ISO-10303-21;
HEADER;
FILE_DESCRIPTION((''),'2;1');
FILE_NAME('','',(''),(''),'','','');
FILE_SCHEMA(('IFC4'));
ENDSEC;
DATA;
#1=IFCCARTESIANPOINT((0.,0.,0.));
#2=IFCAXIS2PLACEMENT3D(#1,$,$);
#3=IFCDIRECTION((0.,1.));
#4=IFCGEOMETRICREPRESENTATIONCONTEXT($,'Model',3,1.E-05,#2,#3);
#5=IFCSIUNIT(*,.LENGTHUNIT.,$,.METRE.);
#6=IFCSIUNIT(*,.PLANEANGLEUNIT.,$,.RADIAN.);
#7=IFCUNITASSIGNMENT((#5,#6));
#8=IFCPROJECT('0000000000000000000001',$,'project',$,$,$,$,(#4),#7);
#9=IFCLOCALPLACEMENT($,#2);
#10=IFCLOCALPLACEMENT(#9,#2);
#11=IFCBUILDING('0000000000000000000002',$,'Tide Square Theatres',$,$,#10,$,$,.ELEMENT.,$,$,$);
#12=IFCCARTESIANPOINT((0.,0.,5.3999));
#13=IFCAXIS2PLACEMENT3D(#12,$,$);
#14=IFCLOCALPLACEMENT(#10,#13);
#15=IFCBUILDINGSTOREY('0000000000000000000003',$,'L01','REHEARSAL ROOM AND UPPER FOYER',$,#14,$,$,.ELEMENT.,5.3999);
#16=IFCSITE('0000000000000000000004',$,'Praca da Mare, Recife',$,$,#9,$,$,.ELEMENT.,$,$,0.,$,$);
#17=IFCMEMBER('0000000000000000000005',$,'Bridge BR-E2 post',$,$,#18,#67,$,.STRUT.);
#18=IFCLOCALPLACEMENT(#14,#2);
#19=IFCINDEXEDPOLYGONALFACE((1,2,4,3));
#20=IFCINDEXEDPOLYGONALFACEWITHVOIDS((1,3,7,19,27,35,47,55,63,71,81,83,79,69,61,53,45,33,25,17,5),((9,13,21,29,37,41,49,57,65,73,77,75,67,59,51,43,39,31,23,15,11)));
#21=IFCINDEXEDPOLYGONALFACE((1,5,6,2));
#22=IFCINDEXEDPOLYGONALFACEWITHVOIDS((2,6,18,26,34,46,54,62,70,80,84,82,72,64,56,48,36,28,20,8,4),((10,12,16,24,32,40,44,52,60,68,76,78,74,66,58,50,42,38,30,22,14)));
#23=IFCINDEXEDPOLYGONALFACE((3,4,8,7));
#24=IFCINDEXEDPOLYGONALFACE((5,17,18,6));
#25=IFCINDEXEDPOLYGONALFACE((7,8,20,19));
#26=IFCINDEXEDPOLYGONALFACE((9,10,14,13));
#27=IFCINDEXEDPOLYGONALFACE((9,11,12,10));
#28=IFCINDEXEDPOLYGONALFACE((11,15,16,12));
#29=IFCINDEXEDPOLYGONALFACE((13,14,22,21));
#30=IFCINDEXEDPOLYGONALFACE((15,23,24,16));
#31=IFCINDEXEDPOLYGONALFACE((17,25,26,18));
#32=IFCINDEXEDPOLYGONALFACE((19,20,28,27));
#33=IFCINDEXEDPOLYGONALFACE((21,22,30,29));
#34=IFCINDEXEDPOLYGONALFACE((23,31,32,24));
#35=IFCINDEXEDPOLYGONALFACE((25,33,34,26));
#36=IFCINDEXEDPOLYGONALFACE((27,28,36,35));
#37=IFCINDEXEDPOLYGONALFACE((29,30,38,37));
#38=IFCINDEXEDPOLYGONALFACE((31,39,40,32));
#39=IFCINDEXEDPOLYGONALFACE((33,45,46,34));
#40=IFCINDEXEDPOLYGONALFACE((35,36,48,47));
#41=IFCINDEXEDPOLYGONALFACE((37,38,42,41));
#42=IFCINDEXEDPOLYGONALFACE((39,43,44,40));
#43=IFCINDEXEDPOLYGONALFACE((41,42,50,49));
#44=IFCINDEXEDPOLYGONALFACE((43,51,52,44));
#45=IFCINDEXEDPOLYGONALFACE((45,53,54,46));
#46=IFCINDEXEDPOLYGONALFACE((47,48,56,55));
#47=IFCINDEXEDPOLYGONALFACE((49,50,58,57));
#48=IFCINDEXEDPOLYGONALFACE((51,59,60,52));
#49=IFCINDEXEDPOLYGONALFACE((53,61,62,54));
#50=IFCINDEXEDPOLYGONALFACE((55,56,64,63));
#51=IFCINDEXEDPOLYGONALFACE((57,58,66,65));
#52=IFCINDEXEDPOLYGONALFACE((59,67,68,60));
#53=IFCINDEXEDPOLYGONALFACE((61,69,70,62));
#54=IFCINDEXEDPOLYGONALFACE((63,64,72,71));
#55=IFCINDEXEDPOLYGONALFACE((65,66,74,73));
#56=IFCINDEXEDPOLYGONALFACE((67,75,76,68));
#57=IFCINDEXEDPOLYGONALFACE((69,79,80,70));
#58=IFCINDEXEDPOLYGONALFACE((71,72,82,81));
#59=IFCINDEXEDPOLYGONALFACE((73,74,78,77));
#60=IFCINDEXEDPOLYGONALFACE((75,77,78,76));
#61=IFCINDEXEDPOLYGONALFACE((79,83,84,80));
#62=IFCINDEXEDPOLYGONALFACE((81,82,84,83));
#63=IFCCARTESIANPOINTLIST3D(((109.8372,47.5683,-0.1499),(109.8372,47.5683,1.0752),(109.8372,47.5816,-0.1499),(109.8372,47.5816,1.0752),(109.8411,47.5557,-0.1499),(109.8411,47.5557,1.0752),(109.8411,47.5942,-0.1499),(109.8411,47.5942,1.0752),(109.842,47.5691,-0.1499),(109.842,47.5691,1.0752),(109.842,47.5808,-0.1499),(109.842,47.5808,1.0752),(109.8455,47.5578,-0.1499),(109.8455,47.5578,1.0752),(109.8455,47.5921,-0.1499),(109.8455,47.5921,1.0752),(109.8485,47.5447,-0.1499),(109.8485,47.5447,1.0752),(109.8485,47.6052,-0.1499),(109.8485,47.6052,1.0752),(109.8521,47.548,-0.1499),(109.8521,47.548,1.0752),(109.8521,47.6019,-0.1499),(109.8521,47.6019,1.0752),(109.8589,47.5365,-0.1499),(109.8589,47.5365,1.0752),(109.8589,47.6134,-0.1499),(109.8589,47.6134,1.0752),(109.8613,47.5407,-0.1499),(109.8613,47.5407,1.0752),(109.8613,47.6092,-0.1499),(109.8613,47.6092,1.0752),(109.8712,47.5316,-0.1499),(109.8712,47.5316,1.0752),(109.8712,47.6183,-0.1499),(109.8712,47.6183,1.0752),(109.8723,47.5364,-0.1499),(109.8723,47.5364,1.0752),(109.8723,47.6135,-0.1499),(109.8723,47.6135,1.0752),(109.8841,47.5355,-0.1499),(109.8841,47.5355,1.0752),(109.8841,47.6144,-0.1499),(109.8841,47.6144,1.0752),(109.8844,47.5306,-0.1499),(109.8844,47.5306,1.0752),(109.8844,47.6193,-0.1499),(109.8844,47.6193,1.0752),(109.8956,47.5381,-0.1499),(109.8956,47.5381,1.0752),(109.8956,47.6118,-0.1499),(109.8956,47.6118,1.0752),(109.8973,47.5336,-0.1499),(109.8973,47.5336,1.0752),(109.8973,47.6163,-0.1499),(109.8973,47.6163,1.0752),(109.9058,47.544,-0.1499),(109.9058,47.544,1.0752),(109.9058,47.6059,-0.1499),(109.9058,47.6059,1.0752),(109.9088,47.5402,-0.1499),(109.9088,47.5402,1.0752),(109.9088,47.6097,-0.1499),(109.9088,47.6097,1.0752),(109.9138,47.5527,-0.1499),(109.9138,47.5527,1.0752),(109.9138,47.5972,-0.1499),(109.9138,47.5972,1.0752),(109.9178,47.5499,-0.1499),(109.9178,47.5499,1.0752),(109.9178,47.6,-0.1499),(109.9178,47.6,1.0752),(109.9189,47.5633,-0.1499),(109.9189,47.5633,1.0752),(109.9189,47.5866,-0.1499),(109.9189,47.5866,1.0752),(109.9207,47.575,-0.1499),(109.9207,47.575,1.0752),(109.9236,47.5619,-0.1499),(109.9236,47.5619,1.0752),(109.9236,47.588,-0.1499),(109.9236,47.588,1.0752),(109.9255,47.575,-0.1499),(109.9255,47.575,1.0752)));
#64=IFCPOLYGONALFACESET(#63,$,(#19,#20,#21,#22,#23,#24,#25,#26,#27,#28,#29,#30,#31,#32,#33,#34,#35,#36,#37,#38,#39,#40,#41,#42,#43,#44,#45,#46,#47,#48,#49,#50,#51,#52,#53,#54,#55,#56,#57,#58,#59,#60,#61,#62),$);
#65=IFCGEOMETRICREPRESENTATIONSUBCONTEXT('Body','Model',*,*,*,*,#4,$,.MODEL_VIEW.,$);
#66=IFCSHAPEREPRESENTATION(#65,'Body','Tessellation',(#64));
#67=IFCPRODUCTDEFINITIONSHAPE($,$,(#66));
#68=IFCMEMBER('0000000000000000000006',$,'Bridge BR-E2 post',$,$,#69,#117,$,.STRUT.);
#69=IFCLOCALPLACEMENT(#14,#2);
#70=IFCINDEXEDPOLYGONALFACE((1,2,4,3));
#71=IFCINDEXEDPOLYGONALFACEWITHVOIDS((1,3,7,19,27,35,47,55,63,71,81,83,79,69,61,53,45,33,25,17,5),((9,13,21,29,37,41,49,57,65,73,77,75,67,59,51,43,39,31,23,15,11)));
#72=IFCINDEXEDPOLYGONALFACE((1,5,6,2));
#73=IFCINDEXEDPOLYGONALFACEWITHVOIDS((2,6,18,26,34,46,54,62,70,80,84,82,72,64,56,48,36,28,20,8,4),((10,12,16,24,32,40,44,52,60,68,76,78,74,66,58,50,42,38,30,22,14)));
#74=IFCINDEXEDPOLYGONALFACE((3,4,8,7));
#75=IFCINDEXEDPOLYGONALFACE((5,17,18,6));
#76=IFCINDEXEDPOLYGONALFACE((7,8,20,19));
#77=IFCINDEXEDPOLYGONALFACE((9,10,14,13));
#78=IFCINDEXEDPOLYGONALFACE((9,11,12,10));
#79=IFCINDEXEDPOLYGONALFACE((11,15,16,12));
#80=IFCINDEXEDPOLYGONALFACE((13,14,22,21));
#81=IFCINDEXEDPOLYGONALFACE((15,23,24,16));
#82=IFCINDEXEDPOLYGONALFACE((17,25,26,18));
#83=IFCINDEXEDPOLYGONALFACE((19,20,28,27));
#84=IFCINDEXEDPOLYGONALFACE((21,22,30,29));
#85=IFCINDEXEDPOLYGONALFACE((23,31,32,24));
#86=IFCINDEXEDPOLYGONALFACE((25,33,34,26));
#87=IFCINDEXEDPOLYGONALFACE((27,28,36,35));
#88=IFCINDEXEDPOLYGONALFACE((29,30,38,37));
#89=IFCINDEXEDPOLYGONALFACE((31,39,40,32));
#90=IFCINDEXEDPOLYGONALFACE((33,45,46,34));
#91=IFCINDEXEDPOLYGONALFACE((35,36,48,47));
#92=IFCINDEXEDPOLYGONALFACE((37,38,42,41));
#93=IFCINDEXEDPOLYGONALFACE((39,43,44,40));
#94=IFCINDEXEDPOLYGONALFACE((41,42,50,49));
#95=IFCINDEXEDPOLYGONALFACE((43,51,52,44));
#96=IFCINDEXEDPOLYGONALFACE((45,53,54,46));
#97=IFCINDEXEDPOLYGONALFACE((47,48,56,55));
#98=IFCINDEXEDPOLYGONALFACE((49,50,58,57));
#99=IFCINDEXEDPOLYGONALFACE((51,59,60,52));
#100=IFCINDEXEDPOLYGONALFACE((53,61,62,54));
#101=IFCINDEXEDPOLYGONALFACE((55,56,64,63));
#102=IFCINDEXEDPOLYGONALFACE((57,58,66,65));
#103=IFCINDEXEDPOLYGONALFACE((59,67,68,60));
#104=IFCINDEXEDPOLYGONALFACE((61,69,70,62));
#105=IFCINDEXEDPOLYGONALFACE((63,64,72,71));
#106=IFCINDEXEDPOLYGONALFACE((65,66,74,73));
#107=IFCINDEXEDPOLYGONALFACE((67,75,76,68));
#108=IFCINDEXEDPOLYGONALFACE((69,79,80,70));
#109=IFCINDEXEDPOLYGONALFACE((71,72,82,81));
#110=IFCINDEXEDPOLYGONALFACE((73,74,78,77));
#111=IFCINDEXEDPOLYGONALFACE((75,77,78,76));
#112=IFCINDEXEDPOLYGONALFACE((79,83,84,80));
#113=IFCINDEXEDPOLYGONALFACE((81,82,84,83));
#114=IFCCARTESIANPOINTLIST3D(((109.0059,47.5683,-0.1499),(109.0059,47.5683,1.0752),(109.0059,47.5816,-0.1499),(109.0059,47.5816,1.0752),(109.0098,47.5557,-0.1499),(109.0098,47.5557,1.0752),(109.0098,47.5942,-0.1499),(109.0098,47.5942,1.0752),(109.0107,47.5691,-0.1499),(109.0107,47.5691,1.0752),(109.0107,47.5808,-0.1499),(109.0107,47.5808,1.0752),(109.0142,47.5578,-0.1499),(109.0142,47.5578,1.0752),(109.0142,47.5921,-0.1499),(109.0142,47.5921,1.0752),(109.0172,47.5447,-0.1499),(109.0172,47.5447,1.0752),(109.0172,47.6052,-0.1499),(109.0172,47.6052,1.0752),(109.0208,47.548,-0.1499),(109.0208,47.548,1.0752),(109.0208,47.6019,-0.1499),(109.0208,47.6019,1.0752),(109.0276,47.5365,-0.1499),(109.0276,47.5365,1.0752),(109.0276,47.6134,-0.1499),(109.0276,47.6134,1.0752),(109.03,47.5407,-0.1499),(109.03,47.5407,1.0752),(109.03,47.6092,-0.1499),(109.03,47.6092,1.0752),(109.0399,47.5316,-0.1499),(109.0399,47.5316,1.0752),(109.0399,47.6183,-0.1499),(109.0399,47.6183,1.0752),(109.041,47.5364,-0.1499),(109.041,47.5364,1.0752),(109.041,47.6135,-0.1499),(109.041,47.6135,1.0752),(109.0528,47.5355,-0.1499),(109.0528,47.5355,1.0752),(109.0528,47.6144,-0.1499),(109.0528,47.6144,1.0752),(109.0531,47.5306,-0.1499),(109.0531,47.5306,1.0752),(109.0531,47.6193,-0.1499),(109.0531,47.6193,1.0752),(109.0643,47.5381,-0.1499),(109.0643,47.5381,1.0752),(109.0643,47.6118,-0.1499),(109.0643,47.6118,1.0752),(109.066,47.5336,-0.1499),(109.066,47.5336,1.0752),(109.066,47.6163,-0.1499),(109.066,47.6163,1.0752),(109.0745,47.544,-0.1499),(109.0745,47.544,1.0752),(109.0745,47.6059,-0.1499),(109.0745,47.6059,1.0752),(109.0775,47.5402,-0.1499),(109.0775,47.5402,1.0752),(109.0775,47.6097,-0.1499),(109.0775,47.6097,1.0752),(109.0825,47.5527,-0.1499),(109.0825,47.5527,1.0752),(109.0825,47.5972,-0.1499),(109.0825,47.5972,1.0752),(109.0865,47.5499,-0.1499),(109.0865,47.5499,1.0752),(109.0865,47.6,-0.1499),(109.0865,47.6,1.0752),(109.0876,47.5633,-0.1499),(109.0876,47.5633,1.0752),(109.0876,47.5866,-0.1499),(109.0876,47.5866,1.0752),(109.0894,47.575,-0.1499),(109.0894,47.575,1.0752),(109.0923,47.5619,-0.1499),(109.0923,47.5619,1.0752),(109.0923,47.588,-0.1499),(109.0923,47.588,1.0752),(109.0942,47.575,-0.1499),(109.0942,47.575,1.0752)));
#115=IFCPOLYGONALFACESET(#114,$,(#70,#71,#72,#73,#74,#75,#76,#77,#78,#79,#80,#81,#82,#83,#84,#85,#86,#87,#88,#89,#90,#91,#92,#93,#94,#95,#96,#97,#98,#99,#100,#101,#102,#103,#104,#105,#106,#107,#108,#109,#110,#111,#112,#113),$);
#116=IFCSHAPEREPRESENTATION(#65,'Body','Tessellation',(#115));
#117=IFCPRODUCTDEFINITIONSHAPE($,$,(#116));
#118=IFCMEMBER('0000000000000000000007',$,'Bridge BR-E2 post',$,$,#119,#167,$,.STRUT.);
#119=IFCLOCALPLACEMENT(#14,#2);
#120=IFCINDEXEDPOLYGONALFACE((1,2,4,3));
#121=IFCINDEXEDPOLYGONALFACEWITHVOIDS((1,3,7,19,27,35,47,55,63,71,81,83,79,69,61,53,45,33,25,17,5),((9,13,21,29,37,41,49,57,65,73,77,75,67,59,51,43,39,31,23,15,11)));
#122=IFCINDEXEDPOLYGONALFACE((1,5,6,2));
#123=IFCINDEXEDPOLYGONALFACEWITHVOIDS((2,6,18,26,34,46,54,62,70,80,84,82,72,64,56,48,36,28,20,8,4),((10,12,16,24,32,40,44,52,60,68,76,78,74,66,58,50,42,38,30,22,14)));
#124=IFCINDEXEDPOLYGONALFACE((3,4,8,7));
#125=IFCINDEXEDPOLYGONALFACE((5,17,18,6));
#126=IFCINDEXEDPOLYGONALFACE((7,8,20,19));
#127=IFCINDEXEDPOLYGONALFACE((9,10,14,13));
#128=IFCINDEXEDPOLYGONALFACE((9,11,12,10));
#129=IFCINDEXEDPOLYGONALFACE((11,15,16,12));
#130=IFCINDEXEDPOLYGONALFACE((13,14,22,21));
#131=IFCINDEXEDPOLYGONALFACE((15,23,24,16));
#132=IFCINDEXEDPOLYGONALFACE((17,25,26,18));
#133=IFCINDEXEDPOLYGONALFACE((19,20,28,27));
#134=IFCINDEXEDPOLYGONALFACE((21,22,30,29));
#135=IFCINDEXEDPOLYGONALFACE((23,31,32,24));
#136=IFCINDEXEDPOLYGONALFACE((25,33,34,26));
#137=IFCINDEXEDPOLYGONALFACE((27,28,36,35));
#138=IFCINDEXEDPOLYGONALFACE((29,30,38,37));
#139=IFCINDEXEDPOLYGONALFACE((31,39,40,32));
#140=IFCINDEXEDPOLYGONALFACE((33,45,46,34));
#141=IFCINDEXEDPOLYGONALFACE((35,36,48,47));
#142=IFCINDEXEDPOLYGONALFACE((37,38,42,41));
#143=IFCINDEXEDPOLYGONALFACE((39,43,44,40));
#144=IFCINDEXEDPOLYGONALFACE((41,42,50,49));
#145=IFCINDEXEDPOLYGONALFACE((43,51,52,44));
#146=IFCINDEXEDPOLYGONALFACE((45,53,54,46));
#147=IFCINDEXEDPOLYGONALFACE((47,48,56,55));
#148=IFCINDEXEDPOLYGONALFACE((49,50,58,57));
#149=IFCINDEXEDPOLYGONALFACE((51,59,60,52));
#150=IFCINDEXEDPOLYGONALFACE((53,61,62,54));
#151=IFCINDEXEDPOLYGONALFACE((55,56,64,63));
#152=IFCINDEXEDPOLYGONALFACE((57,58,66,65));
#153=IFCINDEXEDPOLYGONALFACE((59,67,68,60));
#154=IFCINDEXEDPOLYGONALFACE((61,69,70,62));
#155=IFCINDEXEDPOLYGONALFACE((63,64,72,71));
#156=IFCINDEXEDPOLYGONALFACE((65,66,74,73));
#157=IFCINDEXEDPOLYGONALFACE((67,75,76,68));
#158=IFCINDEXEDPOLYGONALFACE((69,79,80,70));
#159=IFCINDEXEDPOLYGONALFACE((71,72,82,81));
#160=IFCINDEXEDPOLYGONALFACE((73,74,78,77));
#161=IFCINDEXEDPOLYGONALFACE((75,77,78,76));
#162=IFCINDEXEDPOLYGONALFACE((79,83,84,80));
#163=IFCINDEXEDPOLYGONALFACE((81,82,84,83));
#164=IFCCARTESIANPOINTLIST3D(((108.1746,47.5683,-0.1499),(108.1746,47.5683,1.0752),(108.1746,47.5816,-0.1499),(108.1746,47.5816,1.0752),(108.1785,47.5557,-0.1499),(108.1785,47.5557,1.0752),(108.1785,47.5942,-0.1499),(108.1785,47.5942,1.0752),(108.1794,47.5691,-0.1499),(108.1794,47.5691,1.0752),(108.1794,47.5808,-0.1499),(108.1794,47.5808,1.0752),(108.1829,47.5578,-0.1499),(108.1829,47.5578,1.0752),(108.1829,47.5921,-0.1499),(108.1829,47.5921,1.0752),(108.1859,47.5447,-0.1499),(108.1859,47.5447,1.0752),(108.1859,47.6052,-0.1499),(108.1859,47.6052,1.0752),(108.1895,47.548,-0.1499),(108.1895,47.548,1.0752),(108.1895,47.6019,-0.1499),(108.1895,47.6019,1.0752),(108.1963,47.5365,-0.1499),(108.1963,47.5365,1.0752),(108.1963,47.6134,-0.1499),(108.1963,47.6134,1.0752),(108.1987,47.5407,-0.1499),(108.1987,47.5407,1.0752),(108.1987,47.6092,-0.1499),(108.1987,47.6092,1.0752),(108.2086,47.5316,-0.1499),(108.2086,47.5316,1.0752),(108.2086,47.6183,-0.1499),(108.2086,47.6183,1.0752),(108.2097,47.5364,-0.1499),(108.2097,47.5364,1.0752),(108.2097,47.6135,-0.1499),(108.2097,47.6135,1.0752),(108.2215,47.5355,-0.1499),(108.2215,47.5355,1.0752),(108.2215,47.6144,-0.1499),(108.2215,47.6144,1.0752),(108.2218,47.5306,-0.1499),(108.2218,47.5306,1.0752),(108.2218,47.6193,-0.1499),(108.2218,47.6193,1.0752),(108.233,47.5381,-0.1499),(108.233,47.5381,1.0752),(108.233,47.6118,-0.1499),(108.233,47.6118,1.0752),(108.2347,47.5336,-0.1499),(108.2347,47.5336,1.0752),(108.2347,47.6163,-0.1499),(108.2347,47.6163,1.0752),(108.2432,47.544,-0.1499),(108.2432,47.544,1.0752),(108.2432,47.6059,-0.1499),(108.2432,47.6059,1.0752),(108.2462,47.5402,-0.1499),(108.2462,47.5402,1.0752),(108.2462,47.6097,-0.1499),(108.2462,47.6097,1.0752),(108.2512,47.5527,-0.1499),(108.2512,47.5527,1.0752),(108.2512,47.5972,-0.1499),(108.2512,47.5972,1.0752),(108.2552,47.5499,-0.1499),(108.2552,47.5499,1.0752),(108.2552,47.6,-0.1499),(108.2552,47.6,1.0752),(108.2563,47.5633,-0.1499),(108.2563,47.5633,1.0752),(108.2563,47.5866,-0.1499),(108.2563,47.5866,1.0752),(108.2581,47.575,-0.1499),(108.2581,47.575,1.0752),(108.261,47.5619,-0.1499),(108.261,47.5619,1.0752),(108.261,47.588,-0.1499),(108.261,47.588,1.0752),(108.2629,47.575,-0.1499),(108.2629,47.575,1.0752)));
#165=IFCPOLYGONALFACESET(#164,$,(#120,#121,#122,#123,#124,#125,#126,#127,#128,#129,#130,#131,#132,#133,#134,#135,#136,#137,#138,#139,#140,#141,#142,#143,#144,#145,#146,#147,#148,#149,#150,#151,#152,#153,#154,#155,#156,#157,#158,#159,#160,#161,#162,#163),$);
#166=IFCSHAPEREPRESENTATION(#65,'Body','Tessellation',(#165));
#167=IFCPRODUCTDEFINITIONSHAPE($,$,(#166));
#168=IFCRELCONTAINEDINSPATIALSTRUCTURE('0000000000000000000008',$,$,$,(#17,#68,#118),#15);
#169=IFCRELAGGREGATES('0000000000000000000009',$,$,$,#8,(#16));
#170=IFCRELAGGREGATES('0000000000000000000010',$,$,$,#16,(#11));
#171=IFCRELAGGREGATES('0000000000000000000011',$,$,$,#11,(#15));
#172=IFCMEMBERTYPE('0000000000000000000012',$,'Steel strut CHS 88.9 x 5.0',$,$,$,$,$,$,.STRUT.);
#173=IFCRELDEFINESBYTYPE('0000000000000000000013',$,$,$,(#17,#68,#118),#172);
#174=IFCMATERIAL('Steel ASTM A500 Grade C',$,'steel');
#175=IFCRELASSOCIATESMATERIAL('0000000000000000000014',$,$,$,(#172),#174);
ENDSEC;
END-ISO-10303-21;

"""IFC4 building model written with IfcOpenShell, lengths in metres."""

from ifc_helpers import new_model, si_unit, direction, frame, origin, origin_2d, place, context, subcontext, project, spatial, hollow_circle, extrude, material, material_profile, profile_set, type_object, element, save


model = new_model("IFC4")

# Units and contexts
model_context = context("Model", 3, precision=1e-05, world=origin(), true_north=direction((0.0, 1.0)))
body_context = subcontext(model_context, "Body", "Model", "MODEL_VIEW")
ifc_project = project(units=[si_unit("LENGTHUNIT", "METRE"), si_unit("PLANEANGLEUNIT", "RADIAN")], contexts=[model_context])

# Site, building, storey
site_placement = place(None, origin())
site = spatial("IfcSite", under=ifc_project, at=site_placement, Name="Praca da Mare, Recife", CompositionType="ELEMENT", RefElevation=0.0)
building_placement = place(site_placement, origin())
building = spatial("IfcBuilding", under=site, at=building_placement, Name="Tide Square Theatres", CompositionType="ELEMENT")
storey_placement = place(building_placement, frame((0.0, 0.0, 5.3999)))
storey = spatial("IfcBuildingStorey", under=building, at=storey_placement, Name="L01", Description="REHEARSAL ROOM AND UPPER FOYER", CompositionType="ELEMENT", Elevation=5.3999)

# Members
ifc_material_1 = material(Name="Steel ASTM A500 Grade C", Category="steel")
ifc_material_profile_1 = material_profile(ifc_material_1, hollow_circle(Radius=0.0444, WallThickness=0.0049, at=origin_2d()))
ifc_profile_set_1 = profile_set([ifc_material_profile_1], Name="Steel ASTM A500 Grade C")
member_type_1 = type_object("IfcMemberType", Name="Steel strut CHS 88.9 x 5.0", PredefinedType="STRUT", material=ifc_profile_set_1)
for number, where, z_axis, x_axis, name in (
    (1, (109.8811, 47.575, -0.1499), (0.0, 0.0, 1.0), (1.0, 0.0, 0.0), "Bridge BR-E2 post"),
    (2, (109.0498, 47.575, -0.1499), (0.0, 0.0, 1.0), (1.0, 0.0, 0.0), "Bridge BR-E2 post"),
    (3, (108.2185, 47.575, -0.1499), (0.0, 0.0, 1.0), (1.0, 0.0, 0.0), "Bridge BR-E2 post"),
):
    element("IfcMember", number, at=place(storey_placement, frame(where, z_axis=z_axis, x_axis=x_axis)), inside=storey, type_object=member_type_1, Name=name, PredefinedType="STRUT", context=body_context, shape_type="SweptSolid", body=[
        extrude(hollow_circle(Radius=0.0444, WallThickness=0.0049, at=origin_2d()), origin(), (0.0, 0.0, 1.0), 1.2251),
    ])

save(model, "model.ifc")
